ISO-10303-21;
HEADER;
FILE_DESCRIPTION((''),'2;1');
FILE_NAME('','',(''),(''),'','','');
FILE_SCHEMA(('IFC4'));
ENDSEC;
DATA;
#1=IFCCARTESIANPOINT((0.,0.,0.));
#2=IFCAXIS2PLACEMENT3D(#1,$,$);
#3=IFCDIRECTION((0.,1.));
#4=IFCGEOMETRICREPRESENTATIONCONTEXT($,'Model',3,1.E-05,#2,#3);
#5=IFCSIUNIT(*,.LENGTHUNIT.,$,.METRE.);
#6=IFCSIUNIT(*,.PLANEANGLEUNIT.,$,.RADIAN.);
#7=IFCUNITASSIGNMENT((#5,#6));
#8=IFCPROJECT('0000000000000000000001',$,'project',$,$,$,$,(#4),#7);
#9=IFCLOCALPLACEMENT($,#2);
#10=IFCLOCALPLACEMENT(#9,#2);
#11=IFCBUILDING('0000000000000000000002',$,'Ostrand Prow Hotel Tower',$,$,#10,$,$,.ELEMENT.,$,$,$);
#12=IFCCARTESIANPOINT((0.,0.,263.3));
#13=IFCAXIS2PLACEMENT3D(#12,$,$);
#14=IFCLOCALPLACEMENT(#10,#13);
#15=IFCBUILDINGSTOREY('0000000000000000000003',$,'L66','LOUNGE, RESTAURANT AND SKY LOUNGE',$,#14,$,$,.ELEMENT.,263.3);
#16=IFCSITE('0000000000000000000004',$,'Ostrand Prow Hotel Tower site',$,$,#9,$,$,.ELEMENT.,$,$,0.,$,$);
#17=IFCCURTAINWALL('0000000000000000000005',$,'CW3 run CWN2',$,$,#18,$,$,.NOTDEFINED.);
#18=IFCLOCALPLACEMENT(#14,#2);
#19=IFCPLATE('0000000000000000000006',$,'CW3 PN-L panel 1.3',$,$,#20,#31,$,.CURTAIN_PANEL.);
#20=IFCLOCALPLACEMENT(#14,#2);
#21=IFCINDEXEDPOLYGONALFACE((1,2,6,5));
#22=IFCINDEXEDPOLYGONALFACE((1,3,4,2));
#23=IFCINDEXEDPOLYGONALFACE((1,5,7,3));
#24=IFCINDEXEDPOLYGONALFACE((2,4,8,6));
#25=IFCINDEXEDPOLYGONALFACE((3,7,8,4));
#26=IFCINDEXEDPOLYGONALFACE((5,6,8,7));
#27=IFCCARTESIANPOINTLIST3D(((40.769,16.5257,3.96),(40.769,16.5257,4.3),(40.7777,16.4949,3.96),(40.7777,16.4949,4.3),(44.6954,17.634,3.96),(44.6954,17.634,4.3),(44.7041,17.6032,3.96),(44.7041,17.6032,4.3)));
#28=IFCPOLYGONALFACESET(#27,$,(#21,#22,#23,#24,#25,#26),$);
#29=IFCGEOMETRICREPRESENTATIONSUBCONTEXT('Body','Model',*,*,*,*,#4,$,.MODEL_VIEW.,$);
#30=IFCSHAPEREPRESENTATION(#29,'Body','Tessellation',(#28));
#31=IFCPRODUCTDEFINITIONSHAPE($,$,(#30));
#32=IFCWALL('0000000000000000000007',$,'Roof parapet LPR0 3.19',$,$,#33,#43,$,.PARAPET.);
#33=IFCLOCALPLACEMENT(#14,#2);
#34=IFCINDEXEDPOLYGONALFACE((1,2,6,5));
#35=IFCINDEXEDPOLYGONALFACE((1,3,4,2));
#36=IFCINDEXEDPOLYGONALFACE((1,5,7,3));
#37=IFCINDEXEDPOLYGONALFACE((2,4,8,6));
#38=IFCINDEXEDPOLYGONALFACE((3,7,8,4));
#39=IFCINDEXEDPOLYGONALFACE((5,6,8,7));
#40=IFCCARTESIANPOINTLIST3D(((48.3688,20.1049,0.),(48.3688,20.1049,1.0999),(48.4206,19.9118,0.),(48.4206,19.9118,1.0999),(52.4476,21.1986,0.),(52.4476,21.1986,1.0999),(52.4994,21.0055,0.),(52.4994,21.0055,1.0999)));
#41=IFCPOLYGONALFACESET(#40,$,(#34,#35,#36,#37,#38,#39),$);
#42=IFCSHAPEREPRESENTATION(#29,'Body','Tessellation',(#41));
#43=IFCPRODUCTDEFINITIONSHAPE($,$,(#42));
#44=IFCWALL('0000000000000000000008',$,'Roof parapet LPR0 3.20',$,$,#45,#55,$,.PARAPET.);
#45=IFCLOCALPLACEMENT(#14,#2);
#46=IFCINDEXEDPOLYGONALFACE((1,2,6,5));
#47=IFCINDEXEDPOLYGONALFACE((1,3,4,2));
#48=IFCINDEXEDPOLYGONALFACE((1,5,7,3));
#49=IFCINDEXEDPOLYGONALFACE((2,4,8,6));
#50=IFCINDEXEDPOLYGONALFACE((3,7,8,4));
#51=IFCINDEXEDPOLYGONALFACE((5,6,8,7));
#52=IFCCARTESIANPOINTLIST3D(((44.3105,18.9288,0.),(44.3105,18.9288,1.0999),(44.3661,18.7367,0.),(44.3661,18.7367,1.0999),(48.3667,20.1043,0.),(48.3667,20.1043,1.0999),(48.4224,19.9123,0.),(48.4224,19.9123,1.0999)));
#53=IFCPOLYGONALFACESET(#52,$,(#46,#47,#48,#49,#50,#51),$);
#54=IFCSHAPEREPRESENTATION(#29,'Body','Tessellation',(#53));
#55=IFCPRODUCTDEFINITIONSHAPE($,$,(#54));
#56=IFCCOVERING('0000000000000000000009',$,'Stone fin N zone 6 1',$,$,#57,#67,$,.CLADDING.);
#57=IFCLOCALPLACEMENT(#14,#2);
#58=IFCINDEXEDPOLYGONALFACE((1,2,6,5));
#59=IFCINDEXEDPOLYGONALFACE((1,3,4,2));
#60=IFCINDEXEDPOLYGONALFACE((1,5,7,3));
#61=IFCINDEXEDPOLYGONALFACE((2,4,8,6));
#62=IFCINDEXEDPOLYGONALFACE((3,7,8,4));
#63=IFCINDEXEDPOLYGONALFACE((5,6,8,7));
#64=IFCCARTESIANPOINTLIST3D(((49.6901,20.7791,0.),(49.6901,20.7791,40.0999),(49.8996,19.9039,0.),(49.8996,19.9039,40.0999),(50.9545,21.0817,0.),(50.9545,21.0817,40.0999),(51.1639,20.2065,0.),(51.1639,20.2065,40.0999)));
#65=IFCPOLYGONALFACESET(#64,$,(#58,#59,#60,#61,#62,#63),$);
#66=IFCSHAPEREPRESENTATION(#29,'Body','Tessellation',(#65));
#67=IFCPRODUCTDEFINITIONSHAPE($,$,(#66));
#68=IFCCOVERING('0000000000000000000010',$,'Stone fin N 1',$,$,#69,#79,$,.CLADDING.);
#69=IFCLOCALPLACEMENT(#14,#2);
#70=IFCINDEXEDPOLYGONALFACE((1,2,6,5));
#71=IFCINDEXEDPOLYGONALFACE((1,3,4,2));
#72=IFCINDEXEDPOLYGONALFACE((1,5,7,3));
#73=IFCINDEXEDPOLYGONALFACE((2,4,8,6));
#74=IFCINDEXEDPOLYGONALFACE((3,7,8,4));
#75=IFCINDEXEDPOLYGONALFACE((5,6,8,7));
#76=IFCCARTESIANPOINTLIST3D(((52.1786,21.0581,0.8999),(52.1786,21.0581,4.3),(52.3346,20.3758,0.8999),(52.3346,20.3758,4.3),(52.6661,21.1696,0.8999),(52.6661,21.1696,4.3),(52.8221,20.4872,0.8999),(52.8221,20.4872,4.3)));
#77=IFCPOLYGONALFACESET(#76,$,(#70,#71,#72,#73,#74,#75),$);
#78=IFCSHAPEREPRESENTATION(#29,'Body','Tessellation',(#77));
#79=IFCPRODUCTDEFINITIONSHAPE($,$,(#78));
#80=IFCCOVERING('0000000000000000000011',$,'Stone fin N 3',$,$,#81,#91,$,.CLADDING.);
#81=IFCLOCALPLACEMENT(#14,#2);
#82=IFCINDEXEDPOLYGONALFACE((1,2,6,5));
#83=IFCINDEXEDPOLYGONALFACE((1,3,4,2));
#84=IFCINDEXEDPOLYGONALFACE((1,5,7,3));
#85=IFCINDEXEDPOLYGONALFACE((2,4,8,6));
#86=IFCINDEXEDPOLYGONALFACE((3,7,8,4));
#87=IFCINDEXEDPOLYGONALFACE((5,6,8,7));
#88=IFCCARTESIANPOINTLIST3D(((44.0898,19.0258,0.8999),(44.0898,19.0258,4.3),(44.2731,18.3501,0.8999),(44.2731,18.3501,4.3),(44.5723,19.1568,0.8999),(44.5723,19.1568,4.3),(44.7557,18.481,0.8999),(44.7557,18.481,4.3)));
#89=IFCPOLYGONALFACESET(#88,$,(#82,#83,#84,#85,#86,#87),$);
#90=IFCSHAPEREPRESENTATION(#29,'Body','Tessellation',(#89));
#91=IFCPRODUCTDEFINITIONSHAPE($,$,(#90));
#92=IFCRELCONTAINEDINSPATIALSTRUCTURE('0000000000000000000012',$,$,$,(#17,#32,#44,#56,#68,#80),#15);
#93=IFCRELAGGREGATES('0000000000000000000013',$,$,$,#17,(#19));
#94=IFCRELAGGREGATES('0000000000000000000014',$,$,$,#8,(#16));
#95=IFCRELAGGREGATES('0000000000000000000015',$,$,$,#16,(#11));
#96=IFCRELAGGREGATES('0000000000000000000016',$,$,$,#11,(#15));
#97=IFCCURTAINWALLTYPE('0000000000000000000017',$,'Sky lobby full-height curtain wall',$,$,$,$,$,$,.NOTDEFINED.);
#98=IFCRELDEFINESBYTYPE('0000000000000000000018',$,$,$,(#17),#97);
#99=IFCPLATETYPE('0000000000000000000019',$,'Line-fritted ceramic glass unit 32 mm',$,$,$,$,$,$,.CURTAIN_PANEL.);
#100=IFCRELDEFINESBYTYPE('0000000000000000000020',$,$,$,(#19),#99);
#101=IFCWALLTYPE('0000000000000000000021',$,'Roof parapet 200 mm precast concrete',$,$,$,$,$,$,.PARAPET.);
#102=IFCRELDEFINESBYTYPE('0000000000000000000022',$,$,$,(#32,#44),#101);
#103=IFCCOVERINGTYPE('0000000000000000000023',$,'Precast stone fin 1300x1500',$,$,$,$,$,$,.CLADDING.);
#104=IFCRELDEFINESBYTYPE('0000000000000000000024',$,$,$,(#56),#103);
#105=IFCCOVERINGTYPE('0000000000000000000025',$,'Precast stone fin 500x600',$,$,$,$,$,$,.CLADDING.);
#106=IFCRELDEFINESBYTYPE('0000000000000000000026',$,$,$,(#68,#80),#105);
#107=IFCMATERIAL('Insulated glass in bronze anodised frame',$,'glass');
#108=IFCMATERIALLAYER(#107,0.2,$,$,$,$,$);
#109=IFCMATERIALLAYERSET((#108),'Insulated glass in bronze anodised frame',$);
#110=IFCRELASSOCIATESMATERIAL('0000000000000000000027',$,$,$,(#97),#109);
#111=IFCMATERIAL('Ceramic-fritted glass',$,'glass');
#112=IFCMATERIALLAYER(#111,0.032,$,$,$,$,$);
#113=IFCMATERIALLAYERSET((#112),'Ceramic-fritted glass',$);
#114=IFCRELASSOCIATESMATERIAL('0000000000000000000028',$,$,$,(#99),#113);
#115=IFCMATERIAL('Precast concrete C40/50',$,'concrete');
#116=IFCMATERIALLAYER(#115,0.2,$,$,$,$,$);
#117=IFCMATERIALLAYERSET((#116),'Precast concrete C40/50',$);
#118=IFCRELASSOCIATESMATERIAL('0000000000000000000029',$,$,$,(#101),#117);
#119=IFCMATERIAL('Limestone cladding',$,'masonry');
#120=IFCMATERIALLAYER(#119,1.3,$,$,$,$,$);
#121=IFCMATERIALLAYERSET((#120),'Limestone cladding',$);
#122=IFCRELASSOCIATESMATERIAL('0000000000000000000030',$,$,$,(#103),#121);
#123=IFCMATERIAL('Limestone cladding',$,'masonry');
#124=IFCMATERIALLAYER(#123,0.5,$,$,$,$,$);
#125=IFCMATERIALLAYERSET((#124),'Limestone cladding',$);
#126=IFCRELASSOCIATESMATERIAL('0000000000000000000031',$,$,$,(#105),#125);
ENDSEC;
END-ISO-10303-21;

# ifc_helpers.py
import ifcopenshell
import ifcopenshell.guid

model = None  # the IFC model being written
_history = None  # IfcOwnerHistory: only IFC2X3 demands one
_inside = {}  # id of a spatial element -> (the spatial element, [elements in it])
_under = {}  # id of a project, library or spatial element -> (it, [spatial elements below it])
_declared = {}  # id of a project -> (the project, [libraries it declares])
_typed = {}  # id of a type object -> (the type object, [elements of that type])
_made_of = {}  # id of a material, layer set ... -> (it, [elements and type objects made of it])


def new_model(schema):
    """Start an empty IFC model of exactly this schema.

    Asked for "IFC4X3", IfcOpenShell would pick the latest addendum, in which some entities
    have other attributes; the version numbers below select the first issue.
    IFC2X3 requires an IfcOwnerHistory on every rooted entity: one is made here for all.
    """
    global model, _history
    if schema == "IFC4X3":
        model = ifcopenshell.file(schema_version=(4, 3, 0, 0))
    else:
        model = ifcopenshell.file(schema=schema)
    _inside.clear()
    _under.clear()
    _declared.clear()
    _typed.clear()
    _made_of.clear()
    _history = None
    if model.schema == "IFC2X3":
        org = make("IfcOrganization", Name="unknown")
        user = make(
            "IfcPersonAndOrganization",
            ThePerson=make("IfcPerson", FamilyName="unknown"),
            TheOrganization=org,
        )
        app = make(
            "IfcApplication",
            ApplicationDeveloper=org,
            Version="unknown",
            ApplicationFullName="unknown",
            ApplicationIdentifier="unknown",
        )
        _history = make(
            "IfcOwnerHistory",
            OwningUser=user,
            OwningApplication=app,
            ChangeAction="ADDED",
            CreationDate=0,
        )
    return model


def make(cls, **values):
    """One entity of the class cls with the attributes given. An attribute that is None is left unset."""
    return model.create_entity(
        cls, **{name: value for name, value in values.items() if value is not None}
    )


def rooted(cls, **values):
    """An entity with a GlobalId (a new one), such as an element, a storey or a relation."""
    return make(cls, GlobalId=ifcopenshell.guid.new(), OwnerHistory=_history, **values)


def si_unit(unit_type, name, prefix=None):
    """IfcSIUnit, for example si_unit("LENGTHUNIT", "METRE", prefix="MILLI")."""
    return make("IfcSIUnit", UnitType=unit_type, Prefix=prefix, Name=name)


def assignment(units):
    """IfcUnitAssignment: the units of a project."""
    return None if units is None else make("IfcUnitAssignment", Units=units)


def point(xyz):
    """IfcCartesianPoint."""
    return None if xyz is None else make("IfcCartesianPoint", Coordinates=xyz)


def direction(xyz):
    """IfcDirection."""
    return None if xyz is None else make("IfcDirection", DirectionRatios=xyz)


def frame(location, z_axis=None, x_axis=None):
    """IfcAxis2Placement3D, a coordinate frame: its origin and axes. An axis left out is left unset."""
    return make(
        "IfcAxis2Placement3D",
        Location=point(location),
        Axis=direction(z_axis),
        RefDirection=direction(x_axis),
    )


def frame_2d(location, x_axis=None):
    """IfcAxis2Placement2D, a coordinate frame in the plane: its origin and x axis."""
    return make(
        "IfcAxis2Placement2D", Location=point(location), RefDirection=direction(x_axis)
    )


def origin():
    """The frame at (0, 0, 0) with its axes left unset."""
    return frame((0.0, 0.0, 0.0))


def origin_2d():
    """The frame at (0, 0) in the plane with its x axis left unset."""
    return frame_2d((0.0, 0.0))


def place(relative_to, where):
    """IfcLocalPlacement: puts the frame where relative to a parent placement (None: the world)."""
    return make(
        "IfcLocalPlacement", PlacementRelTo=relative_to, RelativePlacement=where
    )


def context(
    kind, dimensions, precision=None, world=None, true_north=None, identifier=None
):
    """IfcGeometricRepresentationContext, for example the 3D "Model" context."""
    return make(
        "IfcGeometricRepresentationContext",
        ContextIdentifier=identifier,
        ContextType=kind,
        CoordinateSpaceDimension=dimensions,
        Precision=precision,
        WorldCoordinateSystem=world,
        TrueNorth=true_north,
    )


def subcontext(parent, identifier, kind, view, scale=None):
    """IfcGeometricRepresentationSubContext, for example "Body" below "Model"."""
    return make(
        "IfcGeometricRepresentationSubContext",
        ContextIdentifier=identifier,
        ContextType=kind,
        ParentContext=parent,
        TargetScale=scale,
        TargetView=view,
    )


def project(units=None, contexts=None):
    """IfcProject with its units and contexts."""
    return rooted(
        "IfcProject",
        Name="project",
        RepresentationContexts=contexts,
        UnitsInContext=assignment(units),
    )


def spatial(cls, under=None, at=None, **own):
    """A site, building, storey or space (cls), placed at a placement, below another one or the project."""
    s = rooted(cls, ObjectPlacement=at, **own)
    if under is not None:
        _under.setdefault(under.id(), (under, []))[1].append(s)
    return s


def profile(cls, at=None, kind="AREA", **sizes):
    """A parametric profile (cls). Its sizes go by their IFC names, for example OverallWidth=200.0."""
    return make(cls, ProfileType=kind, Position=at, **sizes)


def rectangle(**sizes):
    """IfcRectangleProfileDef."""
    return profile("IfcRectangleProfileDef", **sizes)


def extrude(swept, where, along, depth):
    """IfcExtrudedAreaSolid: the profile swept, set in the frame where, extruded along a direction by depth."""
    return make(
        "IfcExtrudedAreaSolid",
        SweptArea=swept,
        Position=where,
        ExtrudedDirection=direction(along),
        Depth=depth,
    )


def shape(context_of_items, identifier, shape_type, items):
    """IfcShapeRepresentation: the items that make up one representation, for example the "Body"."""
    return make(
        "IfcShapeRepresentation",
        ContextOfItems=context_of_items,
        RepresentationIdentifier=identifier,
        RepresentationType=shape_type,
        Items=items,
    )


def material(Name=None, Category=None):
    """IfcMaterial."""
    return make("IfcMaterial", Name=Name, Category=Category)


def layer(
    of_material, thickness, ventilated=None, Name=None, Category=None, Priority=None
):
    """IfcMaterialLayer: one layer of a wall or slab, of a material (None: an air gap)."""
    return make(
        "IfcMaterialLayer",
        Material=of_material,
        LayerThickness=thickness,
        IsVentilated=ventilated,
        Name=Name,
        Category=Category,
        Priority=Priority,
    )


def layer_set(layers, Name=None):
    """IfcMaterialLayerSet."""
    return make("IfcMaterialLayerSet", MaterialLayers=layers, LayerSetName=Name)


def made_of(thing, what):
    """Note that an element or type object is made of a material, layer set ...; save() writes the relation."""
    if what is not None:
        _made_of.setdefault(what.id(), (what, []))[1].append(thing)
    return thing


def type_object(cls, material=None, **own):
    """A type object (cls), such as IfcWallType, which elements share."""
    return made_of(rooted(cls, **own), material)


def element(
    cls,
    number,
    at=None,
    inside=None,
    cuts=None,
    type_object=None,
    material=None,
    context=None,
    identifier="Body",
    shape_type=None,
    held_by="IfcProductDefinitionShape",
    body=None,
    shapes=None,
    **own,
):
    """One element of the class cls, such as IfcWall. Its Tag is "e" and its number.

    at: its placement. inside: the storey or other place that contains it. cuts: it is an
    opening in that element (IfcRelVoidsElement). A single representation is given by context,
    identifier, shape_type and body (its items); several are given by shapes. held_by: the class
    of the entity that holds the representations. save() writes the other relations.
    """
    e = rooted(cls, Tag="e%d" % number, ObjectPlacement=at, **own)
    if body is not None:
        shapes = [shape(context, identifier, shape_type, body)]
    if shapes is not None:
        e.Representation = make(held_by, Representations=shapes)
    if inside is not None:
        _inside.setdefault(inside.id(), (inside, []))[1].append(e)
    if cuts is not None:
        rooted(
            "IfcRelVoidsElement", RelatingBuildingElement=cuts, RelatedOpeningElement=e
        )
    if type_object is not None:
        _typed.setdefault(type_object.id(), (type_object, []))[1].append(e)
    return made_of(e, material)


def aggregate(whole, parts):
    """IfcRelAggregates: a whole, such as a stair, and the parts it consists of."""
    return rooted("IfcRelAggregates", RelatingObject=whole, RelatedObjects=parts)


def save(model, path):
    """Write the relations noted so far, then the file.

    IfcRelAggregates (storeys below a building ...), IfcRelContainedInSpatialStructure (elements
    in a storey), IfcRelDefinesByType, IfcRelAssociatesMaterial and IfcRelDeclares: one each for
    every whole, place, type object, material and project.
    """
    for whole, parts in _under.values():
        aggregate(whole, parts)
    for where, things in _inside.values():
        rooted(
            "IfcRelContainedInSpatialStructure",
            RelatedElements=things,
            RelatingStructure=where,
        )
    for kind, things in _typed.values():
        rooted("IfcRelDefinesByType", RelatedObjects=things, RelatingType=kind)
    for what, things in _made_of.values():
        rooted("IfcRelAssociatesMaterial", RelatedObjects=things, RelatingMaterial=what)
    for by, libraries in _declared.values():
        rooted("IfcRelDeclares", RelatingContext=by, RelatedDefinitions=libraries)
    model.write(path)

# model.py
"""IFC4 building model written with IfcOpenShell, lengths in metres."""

from ifc_helpers import new_model, si_unit, direction, frame, frame_2d, origin, origin_2d, place, context, subcontext, project, spatial, rectangle, extrude, material, layer, layer_set, type_object, element, aggregate, save


model = new_model("IFC4")

# Units and contexts
model_context = context("Model", 3, precision=1e-05, world=origin(), true_north=direction((0.0, 1.0)))
body_context = subcontext(model_context, "Body", "Model", "MODEL_VIEW")
ifc_project = project(units=[si_unit("LENGTHUNIT", "METRE"), si_unit("PLANEANGLEUNIT", "RADIAN")], contexts=[model_context])

# Site, building, storey
site_placement = place(None, origin())
site = spatial("IfcSite", under=ifc_project, at=site_placement, Name="Ostrand Prow Hotel Tower site", CompositionType="ELEMENT", RefElevation=0.0)
building_placement = place(site_placement, origin())
building = spatial("IfcBuilding", under=site, at=building_placement, Name="Ostrand Prow Hotel Tower", CompositionType="ELEMENT")
storey_placement = place(building_placement, frame((0.0, 0.0, 263.3)))
storey = spatial("IfcBuildingStorey", under=building, at=storey_placement, Name="L66", Description="LOUNGE, RESTAURANT AND SKY LOUNGE", CompositionType="ELEMENT", Elevation=263.3)

# Curtain wall
ifc_material_1 = material(Name="Insulated glass in bronze anodised frame", Category="glass")
ifc_layer_1 = layer(ifc_material_1, 0.2)
ifc_layer_set_1 = layer_set([ifc_layer_1], Name="Insulated glass in bronze anodised frame")
curtain_wall_type = type_object("IfcCurtainWallType", Name="Sky lobby full-height curtain wall", PredefinedType="NOTDEFINED", material=ifc_layer_set_1)
curtain_wall_1_placement = place(storey_placement, origin())
curtain_wall_1 = element("IfcCurtainWall", 1, at=curtain_wall_1_placement, inside=storey, type_object=curtain_wall_type, Name="CW3 run CWN2", PredefinedType="NOTDEFINED")

# Plate
ifc_material_2 = material(Name="Ceramic-fritted glass", Category="glass")
ifc_layer_2 = layer(ifc_material_2, 0.032)
ifc_layer_set_2 = layer_set([ifc_layer_2], Name="Ceramic-fritted glass")
plate_type_1 = type_object("IfcPlateType", Name="Line-fritted ceramic glass unit 32 mm", PredefinedType="CURTAIN_PANEL", material=ifc_layer_set_2)
plate_1_placement = place(storey_placement, frame((42.7366, 17.0645, 3.96), z_axis=(0.0, 0.0, 1.0), x_axis=(-0.962396, -0.271649, 0.0)))
plate_1 = element("IfcPlate", 2, at=plate_1_placement, type_object=plate_type_1, Name="CW3 PN-L panel 1.3", PredefinedType="CURTAIN_PANEL", context=body_context, shape_type="SweptSolid", body=[
    extrude(rectangle(XDim=4.0798, YDim=0.032, at=origin_2d()), origin(), (0.0, 0.0, 1.0), 0.3401),
])
aggregate(curtain_wall_1, [plate_1])

# Walls
ifc_material_3 = material(Name="Precast concrete C40/50", Category="concrete")
ifc_layer_3 = layer(ifc_material_3, 0.2)
ifc_layer_set_3 = layer_set([ifc_layer_3], Name="Precast concrete C40/50")
wall_type = type_object("IfcWallType", Name="Roof parapet 200 mm precast concrete", PredefinedType="PARAPET", material=ifc_layer_set_3)
wall_1_placement = place(storey_placement, frame((52.4734, 21.1021, 0.0), z_axis=(0.0, 0.0, 1.0), x_axis=(-0.965877, -0.259001, 0.0)))
element("IfcWall", 3, at=wall_1_placement, inside=storey, type_object=wall_type, Name="Roof parapet LPR0 3.19", PredefinedType="PARAPET", context=body_context, shape_type="SweptSolid", body=[
    extrude(rectangle(XDim=4.2229, YDim=0.2, at=frame_2d((2.1113, 0.0))), origin(), (0.0, 0.0, 1.0), 1.0999),
])
wall_2_placement = place(storey_placement, frame((48.3945, 20.0083, 0.0), z_axis=(0.0, 0.0, 1.0), x_axis=(-0.960476, -0.278361, 0.0)))
element("IfcWall", 4, at=wall_2_placement, inside=storey, type_object=wall_type, Name="Roof parapet LPR0 3.20", PredefinedType="PARAPET", context=body_context, shape_type="SweptSolid", body=[
    extrude(rectangle(XDim=4.2231, YDim=0.2, at=frame_2d((2.1116, 0.0))), origin(), (0.0, 0.0, 1.0), 1.0999),
])

# Coverings
ifc_material_4 = material(Name="Limestone cladding", Category="masonry")
ifc_layer_4 = layer(ifc_material_4, 1.3)
ifc_layer_set_4 = layer_set([ifc_layer_4], Name="Limestone cladding")
covering_type_1 = type_object("IfcCoveringType", Name="Precast stone fin 1300x1500", PredefinedType="CLADDING", material=ifc_layer_set_4)
covering_1_placement = place(storey_placement, frame((50.5317, 20.0552, 0.0), z_axis=(0.0, 0.0, 1.0), x_axis=(-0.232757, 0.972535, 0.0)))
element("IfcCovering", 5, at=covering_1_placement, inside=storey, type_object=covering_type_1, Name="Stone fin N zone 6 1", PredefinedType="CLADDING", context=body_context, shape_type="SweptSolid", body=[
    extrude(rectangle(XDim=0.8999, YDim=1.3, at=frame_2d((0.45, 0.0))), origin(), (0.0, 0.0, 1.0), 40.0999),
])
ifc_material_5 = material(Name="Limestone cladding", Category="masonry")
ifc_layer_5 = layer(ifc_material_5, 0.5)
ifc_layer_set_5 = layer_set([ifc_layer_5], Name="Limestone cladding")
covering_type_2 = type_object("IfcCoveringType", Name="Precast stone fin 500x600", PredefinedType="CLADDING", material=ifc_layer_set_5)
covering_2_placement = place(storey_placement, frame((52.5784, 20.4314, 0.8999), z_axis=(0.0, 0.0, 1.0), x_axis=(-0.222872, 0.974848, 0.0)))
element("IfcCovering", 6, at=covering_2_placement, inside=storey, type_object=covering_type_2, Name="Stone fin N 1", PredefinedType="CLADDING", context=body_context, shape_type="SweptSolid", body=[
    extrude(rectangle(XDim=0.7, YDim=0.5, at=frame_2d((0.3501, 0.0))), origin(), (0.0, 0.0, 1.0), 3.4001),
])
covering_3_placement = place(storey_placement, frame((44.5144, 18.4155, 0.8999), z_axis=(0.0, 0.0, 1.0), x_axis=(-0.261849, 0.965109, 0.0)))
element("IfcCovering", 7, at=covering_3_placement, inside=storey, type_object=covering_type_2, Name="Stone fin N 3", PredefinedType="CLADDING", context=body_context, shape_type="SweptSolid", body=[
    extrude(rectangle(XDim=0.7002, YDim=0.5, at=frame_2d((0.3501, 0.0))), origin(), (0.0, 0.0, 1.0), 3.4001),
])

save(model, "model.ifc")
